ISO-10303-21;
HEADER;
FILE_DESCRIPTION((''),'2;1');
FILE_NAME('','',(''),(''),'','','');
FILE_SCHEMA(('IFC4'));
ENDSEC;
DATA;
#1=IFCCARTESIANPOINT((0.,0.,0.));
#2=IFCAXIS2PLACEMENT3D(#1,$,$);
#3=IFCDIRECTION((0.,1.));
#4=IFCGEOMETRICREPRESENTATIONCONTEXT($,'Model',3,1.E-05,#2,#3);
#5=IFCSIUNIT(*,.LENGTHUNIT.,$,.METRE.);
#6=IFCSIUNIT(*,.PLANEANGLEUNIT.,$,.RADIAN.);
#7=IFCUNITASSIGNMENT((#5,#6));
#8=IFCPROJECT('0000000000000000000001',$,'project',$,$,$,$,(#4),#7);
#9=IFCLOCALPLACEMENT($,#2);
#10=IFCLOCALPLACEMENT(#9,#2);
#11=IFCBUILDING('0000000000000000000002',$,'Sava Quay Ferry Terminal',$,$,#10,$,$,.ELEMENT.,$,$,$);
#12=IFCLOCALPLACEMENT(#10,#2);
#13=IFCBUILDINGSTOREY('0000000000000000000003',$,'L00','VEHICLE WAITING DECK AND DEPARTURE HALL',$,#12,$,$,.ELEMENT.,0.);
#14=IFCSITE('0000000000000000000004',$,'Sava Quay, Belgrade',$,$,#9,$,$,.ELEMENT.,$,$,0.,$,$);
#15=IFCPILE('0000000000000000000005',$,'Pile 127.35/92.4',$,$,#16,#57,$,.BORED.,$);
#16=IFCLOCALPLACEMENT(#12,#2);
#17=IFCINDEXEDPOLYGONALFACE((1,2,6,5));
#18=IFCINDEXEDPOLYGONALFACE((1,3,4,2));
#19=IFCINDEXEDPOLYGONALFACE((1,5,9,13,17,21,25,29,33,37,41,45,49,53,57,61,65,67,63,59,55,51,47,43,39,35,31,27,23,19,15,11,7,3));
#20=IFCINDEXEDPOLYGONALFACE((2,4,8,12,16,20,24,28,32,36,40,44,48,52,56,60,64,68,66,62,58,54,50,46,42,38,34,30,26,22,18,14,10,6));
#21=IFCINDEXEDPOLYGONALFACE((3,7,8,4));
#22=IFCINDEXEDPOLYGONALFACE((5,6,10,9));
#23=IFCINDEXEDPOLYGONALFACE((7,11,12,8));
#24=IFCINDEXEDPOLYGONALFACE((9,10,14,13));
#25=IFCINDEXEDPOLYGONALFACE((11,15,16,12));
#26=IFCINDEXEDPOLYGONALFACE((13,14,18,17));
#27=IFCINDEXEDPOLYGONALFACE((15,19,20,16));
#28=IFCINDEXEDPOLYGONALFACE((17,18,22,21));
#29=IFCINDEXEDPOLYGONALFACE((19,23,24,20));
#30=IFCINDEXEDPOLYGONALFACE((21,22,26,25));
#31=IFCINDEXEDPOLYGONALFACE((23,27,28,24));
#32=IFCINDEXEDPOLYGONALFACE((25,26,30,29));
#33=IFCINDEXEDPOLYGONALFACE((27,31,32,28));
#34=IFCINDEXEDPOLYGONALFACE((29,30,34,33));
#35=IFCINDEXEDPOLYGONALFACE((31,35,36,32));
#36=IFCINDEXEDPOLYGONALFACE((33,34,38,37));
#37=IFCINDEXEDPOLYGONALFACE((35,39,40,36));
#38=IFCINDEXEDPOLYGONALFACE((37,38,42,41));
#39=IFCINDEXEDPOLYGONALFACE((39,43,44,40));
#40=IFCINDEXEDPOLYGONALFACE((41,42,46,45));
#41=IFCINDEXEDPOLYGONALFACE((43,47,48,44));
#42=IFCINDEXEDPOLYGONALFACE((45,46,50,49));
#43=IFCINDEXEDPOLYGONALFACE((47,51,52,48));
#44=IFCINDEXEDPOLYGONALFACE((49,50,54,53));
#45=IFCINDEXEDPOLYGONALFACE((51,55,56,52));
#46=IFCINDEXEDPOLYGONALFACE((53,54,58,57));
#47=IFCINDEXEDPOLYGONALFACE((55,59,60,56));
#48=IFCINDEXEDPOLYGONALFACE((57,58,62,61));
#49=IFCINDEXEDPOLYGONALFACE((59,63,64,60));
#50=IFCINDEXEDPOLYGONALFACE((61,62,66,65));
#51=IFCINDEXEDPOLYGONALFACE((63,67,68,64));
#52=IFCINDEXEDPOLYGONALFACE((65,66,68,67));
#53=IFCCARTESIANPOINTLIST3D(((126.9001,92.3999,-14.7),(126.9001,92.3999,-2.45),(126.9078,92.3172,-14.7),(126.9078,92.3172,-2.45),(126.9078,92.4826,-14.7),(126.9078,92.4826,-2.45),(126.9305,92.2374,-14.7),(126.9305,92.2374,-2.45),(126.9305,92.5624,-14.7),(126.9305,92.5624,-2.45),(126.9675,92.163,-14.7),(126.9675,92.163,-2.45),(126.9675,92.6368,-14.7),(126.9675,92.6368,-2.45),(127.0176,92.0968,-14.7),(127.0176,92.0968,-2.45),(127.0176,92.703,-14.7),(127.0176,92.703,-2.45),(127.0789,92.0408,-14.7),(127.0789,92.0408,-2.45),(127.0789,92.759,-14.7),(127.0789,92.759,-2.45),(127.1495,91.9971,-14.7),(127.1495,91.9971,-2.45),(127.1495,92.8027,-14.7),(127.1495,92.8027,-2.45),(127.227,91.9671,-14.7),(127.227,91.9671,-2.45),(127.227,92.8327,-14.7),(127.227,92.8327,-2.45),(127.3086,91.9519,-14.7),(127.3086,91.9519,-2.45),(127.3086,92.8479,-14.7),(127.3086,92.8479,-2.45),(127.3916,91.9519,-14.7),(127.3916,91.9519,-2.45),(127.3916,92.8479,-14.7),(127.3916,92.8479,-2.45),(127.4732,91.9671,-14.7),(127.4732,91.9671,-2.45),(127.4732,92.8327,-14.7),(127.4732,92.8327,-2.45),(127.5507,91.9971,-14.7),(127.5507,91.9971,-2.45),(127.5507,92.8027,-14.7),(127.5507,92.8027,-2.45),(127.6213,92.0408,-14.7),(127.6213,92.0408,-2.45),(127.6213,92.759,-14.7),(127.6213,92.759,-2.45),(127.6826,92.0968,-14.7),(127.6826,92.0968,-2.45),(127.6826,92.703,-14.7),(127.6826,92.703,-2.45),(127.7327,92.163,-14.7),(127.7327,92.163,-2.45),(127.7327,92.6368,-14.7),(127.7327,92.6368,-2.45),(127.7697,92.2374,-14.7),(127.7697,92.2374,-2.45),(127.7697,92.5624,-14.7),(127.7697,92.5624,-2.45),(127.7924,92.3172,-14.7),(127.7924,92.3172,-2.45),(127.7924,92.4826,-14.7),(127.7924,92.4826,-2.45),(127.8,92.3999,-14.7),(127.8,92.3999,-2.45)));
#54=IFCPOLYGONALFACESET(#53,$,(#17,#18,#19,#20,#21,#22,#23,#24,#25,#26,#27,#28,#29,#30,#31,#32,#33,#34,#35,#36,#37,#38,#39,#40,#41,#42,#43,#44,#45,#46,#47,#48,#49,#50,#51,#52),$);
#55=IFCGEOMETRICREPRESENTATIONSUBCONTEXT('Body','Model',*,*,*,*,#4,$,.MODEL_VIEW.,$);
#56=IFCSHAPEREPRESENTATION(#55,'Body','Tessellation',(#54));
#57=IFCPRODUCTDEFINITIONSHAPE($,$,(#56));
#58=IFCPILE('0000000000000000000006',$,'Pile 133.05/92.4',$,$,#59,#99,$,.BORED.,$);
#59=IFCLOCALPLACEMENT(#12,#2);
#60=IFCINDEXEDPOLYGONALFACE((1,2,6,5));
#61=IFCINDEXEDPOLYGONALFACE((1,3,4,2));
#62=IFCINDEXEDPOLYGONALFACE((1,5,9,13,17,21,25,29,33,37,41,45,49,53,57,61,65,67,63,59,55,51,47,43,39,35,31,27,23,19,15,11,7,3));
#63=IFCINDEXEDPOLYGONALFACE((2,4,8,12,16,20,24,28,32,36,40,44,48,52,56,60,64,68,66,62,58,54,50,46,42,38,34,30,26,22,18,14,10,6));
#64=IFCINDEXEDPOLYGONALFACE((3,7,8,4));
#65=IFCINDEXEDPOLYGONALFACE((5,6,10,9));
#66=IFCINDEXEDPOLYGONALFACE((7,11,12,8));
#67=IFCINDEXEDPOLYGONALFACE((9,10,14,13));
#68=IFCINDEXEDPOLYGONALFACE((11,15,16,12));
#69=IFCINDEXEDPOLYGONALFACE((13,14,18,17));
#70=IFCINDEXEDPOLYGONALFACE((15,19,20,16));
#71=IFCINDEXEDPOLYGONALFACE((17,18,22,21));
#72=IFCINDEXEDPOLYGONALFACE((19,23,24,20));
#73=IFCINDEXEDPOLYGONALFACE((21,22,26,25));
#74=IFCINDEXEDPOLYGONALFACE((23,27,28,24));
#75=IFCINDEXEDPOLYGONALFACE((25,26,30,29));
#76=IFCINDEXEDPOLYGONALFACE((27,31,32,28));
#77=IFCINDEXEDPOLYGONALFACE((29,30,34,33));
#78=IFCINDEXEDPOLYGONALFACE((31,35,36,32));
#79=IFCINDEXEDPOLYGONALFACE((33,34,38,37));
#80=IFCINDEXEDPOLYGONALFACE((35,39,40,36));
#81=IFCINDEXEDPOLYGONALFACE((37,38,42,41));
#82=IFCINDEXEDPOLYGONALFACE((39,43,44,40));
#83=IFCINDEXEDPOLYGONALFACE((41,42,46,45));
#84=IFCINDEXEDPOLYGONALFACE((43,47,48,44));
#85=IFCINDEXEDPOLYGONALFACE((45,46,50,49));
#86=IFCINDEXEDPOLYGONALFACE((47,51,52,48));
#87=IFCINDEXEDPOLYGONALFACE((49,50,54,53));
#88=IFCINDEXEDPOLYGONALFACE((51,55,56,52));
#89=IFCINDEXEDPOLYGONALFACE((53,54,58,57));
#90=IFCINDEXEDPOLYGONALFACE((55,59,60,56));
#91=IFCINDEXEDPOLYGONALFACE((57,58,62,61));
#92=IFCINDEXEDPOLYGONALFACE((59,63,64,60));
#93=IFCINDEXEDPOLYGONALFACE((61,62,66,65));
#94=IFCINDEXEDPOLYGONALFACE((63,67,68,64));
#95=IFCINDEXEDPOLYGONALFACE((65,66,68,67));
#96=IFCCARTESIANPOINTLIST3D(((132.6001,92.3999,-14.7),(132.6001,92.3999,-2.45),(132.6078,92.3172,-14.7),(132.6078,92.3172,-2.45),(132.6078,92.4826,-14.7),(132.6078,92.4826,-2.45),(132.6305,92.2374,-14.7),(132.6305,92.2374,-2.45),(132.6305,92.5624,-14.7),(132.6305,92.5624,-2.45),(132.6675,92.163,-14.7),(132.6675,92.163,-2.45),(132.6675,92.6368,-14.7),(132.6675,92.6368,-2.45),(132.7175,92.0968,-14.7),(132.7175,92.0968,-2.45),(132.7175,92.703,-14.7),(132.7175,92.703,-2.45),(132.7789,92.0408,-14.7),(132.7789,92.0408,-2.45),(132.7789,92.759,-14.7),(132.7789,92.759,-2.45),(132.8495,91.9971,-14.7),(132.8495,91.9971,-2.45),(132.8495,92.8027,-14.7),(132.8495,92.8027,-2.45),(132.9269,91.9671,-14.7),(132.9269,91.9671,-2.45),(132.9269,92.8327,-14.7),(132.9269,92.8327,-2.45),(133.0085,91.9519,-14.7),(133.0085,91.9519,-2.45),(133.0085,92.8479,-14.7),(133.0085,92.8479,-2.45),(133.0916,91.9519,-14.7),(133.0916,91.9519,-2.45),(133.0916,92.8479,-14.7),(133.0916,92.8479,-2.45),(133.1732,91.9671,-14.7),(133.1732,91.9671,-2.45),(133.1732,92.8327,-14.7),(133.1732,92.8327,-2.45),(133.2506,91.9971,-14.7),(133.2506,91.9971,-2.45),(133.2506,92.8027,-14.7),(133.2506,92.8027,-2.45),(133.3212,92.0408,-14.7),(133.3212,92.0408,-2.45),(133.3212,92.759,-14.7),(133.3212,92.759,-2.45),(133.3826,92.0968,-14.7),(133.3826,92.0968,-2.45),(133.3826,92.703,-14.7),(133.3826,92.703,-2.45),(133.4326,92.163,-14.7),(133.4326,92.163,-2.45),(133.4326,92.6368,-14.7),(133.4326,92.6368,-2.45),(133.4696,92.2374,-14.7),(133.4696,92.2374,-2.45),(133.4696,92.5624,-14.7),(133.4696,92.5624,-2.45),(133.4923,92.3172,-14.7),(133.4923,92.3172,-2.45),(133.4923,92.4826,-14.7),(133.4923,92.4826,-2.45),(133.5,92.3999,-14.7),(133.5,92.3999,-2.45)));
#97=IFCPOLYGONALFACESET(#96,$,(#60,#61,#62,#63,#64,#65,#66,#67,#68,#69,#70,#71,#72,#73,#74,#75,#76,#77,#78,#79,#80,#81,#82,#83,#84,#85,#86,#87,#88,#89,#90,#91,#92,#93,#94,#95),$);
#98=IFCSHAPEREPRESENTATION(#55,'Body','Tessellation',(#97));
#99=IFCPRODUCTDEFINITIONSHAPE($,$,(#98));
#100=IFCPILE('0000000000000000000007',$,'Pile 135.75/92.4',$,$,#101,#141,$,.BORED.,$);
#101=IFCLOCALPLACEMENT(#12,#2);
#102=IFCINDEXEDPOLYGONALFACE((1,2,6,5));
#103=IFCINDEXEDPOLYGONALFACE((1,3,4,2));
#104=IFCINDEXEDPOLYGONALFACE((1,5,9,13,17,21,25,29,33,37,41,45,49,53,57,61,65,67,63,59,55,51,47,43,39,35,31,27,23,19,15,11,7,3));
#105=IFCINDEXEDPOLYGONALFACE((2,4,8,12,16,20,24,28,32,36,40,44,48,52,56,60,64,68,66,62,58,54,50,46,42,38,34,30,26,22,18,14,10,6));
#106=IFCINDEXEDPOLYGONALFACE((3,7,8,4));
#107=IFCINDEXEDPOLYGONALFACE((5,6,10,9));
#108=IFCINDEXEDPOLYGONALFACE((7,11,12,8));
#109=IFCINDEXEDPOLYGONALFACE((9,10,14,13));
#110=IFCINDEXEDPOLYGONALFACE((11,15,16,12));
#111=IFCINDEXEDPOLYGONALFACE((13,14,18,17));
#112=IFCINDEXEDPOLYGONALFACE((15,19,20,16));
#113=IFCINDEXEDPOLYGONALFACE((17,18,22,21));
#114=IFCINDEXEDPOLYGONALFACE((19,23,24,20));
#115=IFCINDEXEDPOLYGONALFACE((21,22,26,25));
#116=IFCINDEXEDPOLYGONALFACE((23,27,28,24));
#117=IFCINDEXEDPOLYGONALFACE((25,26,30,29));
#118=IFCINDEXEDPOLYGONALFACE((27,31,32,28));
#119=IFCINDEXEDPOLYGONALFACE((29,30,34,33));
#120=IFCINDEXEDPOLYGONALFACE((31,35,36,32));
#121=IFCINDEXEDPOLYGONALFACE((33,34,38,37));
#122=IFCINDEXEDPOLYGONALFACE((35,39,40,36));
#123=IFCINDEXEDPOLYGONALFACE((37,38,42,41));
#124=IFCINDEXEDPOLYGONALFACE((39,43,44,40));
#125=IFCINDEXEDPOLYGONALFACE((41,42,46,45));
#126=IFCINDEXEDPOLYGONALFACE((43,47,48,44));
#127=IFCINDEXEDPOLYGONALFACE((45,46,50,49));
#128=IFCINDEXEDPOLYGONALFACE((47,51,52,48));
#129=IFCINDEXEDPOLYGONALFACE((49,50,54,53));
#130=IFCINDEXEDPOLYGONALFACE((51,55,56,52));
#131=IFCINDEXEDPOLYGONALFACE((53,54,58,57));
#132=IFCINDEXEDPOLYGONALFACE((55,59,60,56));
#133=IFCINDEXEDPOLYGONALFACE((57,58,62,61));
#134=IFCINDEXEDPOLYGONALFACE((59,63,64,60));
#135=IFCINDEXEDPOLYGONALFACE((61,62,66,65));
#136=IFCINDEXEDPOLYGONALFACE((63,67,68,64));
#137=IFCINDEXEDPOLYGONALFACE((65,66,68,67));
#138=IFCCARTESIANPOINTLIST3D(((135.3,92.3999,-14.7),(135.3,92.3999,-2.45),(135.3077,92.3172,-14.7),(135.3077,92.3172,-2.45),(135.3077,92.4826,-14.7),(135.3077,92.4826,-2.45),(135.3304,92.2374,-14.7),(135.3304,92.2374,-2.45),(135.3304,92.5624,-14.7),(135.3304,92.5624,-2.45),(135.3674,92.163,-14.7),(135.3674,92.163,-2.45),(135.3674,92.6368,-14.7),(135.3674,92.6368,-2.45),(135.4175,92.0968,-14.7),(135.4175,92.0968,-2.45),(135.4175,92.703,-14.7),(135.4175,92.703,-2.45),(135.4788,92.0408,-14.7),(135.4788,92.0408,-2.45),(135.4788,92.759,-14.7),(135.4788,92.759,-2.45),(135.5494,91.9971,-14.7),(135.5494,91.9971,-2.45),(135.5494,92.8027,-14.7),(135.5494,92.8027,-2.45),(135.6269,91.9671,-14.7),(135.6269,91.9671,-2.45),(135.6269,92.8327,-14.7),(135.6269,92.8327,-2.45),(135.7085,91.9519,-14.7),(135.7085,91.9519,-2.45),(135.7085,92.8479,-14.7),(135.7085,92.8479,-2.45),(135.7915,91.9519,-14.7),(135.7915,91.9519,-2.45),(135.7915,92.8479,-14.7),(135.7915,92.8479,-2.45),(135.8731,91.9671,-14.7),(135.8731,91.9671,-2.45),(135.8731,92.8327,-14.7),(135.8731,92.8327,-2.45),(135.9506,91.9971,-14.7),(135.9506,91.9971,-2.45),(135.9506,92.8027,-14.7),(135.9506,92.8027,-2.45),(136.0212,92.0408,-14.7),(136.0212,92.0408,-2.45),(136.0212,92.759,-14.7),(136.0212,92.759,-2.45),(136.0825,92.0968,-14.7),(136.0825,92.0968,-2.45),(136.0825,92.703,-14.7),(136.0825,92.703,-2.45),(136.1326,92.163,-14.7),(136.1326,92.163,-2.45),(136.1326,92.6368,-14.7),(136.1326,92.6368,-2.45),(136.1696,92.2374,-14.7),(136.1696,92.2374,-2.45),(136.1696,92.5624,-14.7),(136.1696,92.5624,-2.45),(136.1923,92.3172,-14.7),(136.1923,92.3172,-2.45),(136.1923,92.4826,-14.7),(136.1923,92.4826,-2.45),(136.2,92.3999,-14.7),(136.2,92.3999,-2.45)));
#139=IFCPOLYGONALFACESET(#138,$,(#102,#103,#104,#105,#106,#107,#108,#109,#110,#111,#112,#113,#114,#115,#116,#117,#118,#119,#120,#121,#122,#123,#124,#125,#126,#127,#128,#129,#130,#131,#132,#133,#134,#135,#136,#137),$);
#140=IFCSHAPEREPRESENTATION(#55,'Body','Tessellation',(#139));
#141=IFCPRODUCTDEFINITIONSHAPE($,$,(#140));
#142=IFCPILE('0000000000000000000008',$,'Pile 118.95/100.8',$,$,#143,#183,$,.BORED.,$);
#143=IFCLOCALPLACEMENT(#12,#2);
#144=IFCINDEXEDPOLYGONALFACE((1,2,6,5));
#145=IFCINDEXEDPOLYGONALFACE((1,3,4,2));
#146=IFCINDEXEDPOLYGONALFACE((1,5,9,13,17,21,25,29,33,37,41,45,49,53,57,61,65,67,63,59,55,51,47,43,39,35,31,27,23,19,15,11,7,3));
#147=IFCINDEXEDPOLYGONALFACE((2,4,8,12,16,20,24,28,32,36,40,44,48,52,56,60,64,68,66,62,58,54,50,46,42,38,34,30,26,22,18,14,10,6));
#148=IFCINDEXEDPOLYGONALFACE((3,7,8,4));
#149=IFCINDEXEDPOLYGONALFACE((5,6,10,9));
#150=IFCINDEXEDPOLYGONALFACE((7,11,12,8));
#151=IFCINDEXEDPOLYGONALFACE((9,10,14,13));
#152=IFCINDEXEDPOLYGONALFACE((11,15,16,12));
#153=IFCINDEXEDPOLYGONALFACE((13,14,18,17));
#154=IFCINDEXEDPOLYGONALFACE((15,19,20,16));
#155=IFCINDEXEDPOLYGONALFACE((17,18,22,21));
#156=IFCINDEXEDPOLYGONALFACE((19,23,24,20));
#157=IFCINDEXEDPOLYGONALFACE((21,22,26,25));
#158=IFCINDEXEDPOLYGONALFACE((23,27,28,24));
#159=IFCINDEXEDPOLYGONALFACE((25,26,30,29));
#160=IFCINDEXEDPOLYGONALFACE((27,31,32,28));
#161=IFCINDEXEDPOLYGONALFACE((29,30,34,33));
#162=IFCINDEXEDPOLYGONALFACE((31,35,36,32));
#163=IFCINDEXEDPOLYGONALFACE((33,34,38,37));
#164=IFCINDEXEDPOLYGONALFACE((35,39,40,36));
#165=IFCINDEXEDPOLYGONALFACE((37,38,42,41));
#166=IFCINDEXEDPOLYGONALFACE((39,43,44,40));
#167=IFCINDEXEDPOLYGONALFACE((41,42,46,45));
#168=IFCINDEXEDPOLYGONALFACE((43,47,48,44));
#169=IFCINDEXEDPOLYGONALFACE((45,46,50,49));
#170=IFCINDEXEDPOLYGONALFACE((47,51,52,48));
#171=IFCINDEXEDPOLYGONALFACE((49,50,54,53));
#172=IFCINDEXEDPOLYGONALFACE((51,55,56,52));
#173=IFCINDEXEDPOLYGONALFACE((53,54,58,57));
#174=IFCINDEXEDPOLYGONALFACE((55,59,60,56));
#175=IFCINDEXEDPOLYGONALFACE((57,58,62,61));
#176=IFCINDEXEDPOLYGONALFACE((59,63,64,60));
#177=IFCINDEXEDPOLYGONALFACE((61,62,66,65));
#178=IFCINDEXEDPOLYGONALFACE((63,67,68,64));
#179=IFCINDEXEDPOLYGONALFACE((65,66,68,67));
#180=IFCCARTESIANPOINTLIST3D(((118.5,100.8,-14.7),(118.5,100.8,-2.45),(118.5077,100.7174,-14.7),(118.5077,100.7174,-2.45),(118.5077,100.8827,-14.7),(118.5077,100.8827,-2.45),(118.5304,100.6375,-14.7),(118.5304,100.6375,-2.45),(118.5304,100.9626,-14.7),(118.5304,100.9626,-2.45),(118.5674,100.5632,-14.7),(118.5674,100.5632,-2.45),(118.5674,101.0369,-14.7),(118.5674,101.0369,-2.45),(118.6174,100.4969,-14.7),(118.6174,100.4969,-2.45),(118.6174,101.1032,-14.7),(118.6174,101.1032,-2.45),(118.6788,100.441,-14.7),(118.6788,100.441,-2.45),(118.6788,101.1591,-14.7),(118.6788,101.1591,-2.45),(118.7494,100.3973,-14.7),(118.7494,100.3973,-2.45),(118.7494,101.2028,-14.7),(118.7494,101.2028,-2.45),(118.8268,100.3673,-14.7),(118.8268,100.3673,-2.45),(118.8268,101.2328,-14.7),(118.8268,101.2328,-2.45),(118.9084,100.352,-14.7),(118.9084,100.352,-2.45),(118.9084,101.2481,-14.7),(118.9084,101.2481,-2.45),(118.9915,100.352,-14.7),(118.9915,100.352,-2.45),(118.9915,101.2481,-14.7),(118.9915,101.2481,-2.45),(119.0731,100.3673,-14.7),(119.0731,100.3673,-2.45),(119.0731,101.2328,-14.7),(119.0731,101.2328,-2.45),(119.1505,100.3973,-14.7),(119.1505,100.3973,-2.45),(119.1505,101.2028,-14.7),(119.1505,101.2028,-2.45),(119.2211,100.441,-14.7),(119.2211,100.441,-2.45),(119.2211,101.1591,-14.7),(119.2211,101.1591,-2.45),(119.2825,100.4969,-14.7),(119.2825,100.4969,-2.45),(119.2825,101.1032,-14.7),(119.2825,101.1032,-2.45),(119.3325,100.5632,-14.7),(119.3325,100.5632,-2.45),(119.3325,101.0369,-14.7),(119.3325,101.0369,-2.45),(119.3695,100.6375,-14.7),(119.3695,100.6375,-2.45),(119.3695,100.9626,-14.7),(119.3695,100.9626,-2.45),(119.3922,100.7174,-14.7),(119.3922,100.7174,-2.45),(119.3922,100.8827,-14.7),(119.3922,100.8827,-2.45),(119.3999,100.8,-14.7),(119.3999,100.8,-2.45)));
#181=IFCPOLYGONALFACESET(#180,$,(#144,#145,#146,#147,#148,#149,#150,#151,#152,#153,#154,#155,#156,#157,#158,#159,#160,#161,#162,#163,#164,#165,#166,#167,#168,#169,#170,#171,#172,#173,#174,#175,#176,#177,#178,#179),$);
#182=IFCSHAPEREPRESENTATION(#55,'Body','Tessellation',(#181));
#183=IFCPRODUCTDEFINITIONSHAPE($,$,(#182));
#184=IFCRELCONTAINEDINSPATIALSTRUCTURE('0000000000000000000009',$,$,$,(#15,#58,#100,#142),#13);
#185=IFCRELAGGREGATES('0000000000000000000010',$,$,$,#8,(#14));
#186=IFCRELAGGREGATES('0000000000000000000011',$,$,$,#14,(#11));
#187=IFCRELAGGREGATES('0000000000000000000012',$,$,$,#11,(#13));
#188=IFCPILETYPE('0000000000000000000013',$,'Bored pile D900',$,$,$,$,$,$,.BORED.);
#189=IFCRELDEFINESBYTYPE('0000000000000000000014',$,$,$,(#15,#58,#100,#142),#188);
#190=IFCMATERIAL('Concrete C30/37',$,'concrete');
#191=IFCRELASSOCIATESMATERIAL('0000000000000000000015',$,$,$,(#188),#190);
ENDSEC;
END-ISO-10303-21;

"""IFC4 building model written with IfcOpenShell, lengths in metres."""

from ifc_helpers import new_model, si_unit, direction, frame, origin, origin_2d, place, context, subcontext, project, spatial, circle, extrude, material, material_profile, profile_set, type_object, element, save


model = new_model("IFC4")

# Units and contexts
model_context = context("Model", 3, precision=1e-05, world=origin(), true_north=direction((0.0, 1.0)))
body_context = subcontext(model_context, "Body", "Model", "MODEL_VIEW")
ifc_project = project(units=[si_unit("LENGTHUNIT", "METRE"), si_unit("PLANEANGLEUNIT", "RADIAN")], contexts=[model_context])

# Site, building, storey
site_placement = place(None, origin())
site = spatial("IfcSite", under=ifc_project, at=site_placement, Name="Sava Quay, Belgrade", CompositionType="ELEMENT", RefElevation=0.0)
building_placement = place(site_placement, origin())
building = spatial("IfcBuilding", under=site, at=building_placement, Name="Sava Quay Ferry Terminal", CompositionType="ELEMENT")
storey_placement = place(building_placement, origin())
storey = spatial("IfcBuildingStorey", under=building, at=storey_placement, Name="L00", Description="VEHICLE WAITING DECK AND DEPARTURE HALL", CompositionType="ELEMENT", Elevation=0.0)

# Piles
ifc_material_1 = material(Name="Concrete C30/37", Category="concrete")
ifc_material_profile_1 = material_profile(ifc_material_1, circle(Radius=0.45, at=origin_2d()), Name="Bored pile D900")
ifc_profile_set_1 = profile_set([ifc_material_profile_1], Name="Concrete C30/37")
pile_type = type_object("IfcPileType", Name="Bored pile D900", PredefinedType="BORED", material=ifc_profile_set_1)
for number, where, z_axis, x_axis, name in (
    (1, (127.3501, 92.3999, -2.45), (0.0, 0.0, -1.0), (1.0, 0.0, 0.0), "Pile 127.35/92.4"),
    (2, (133.05, 92.3999, -2.45), (0.0, 0.0, -1.0), (1.0, 0.0, 0.0), "Pile 133.05/92.4"),
    (3, (135.75, 92.3999, -2.45), (0.0, 0.0, -1.0), (1.0, 0.0, 0.0), "Pile 135.75/92.4"),
    (4, (118.95, 100.8, -2.45), (0.0, 0.0, -1.0), (1.0, 0.0, 0.0), "Pile 118.95/100.8"),
):
    element("IfcPile", number, at=place(storey_placement, frame(where, z_axis=z_axis, x_axis=x_axis)), inside=storey, type_object=pile_type, Name=name, PredefinedType="BORED", context=body_context, shape_type="SweptSolid", body=[
        extrude(circle(Radius=0.45, at=origin_2d()), origin(), (0.0, 0.0, 1.0), 12.25),
    ])

save(model, "model.ifc")
